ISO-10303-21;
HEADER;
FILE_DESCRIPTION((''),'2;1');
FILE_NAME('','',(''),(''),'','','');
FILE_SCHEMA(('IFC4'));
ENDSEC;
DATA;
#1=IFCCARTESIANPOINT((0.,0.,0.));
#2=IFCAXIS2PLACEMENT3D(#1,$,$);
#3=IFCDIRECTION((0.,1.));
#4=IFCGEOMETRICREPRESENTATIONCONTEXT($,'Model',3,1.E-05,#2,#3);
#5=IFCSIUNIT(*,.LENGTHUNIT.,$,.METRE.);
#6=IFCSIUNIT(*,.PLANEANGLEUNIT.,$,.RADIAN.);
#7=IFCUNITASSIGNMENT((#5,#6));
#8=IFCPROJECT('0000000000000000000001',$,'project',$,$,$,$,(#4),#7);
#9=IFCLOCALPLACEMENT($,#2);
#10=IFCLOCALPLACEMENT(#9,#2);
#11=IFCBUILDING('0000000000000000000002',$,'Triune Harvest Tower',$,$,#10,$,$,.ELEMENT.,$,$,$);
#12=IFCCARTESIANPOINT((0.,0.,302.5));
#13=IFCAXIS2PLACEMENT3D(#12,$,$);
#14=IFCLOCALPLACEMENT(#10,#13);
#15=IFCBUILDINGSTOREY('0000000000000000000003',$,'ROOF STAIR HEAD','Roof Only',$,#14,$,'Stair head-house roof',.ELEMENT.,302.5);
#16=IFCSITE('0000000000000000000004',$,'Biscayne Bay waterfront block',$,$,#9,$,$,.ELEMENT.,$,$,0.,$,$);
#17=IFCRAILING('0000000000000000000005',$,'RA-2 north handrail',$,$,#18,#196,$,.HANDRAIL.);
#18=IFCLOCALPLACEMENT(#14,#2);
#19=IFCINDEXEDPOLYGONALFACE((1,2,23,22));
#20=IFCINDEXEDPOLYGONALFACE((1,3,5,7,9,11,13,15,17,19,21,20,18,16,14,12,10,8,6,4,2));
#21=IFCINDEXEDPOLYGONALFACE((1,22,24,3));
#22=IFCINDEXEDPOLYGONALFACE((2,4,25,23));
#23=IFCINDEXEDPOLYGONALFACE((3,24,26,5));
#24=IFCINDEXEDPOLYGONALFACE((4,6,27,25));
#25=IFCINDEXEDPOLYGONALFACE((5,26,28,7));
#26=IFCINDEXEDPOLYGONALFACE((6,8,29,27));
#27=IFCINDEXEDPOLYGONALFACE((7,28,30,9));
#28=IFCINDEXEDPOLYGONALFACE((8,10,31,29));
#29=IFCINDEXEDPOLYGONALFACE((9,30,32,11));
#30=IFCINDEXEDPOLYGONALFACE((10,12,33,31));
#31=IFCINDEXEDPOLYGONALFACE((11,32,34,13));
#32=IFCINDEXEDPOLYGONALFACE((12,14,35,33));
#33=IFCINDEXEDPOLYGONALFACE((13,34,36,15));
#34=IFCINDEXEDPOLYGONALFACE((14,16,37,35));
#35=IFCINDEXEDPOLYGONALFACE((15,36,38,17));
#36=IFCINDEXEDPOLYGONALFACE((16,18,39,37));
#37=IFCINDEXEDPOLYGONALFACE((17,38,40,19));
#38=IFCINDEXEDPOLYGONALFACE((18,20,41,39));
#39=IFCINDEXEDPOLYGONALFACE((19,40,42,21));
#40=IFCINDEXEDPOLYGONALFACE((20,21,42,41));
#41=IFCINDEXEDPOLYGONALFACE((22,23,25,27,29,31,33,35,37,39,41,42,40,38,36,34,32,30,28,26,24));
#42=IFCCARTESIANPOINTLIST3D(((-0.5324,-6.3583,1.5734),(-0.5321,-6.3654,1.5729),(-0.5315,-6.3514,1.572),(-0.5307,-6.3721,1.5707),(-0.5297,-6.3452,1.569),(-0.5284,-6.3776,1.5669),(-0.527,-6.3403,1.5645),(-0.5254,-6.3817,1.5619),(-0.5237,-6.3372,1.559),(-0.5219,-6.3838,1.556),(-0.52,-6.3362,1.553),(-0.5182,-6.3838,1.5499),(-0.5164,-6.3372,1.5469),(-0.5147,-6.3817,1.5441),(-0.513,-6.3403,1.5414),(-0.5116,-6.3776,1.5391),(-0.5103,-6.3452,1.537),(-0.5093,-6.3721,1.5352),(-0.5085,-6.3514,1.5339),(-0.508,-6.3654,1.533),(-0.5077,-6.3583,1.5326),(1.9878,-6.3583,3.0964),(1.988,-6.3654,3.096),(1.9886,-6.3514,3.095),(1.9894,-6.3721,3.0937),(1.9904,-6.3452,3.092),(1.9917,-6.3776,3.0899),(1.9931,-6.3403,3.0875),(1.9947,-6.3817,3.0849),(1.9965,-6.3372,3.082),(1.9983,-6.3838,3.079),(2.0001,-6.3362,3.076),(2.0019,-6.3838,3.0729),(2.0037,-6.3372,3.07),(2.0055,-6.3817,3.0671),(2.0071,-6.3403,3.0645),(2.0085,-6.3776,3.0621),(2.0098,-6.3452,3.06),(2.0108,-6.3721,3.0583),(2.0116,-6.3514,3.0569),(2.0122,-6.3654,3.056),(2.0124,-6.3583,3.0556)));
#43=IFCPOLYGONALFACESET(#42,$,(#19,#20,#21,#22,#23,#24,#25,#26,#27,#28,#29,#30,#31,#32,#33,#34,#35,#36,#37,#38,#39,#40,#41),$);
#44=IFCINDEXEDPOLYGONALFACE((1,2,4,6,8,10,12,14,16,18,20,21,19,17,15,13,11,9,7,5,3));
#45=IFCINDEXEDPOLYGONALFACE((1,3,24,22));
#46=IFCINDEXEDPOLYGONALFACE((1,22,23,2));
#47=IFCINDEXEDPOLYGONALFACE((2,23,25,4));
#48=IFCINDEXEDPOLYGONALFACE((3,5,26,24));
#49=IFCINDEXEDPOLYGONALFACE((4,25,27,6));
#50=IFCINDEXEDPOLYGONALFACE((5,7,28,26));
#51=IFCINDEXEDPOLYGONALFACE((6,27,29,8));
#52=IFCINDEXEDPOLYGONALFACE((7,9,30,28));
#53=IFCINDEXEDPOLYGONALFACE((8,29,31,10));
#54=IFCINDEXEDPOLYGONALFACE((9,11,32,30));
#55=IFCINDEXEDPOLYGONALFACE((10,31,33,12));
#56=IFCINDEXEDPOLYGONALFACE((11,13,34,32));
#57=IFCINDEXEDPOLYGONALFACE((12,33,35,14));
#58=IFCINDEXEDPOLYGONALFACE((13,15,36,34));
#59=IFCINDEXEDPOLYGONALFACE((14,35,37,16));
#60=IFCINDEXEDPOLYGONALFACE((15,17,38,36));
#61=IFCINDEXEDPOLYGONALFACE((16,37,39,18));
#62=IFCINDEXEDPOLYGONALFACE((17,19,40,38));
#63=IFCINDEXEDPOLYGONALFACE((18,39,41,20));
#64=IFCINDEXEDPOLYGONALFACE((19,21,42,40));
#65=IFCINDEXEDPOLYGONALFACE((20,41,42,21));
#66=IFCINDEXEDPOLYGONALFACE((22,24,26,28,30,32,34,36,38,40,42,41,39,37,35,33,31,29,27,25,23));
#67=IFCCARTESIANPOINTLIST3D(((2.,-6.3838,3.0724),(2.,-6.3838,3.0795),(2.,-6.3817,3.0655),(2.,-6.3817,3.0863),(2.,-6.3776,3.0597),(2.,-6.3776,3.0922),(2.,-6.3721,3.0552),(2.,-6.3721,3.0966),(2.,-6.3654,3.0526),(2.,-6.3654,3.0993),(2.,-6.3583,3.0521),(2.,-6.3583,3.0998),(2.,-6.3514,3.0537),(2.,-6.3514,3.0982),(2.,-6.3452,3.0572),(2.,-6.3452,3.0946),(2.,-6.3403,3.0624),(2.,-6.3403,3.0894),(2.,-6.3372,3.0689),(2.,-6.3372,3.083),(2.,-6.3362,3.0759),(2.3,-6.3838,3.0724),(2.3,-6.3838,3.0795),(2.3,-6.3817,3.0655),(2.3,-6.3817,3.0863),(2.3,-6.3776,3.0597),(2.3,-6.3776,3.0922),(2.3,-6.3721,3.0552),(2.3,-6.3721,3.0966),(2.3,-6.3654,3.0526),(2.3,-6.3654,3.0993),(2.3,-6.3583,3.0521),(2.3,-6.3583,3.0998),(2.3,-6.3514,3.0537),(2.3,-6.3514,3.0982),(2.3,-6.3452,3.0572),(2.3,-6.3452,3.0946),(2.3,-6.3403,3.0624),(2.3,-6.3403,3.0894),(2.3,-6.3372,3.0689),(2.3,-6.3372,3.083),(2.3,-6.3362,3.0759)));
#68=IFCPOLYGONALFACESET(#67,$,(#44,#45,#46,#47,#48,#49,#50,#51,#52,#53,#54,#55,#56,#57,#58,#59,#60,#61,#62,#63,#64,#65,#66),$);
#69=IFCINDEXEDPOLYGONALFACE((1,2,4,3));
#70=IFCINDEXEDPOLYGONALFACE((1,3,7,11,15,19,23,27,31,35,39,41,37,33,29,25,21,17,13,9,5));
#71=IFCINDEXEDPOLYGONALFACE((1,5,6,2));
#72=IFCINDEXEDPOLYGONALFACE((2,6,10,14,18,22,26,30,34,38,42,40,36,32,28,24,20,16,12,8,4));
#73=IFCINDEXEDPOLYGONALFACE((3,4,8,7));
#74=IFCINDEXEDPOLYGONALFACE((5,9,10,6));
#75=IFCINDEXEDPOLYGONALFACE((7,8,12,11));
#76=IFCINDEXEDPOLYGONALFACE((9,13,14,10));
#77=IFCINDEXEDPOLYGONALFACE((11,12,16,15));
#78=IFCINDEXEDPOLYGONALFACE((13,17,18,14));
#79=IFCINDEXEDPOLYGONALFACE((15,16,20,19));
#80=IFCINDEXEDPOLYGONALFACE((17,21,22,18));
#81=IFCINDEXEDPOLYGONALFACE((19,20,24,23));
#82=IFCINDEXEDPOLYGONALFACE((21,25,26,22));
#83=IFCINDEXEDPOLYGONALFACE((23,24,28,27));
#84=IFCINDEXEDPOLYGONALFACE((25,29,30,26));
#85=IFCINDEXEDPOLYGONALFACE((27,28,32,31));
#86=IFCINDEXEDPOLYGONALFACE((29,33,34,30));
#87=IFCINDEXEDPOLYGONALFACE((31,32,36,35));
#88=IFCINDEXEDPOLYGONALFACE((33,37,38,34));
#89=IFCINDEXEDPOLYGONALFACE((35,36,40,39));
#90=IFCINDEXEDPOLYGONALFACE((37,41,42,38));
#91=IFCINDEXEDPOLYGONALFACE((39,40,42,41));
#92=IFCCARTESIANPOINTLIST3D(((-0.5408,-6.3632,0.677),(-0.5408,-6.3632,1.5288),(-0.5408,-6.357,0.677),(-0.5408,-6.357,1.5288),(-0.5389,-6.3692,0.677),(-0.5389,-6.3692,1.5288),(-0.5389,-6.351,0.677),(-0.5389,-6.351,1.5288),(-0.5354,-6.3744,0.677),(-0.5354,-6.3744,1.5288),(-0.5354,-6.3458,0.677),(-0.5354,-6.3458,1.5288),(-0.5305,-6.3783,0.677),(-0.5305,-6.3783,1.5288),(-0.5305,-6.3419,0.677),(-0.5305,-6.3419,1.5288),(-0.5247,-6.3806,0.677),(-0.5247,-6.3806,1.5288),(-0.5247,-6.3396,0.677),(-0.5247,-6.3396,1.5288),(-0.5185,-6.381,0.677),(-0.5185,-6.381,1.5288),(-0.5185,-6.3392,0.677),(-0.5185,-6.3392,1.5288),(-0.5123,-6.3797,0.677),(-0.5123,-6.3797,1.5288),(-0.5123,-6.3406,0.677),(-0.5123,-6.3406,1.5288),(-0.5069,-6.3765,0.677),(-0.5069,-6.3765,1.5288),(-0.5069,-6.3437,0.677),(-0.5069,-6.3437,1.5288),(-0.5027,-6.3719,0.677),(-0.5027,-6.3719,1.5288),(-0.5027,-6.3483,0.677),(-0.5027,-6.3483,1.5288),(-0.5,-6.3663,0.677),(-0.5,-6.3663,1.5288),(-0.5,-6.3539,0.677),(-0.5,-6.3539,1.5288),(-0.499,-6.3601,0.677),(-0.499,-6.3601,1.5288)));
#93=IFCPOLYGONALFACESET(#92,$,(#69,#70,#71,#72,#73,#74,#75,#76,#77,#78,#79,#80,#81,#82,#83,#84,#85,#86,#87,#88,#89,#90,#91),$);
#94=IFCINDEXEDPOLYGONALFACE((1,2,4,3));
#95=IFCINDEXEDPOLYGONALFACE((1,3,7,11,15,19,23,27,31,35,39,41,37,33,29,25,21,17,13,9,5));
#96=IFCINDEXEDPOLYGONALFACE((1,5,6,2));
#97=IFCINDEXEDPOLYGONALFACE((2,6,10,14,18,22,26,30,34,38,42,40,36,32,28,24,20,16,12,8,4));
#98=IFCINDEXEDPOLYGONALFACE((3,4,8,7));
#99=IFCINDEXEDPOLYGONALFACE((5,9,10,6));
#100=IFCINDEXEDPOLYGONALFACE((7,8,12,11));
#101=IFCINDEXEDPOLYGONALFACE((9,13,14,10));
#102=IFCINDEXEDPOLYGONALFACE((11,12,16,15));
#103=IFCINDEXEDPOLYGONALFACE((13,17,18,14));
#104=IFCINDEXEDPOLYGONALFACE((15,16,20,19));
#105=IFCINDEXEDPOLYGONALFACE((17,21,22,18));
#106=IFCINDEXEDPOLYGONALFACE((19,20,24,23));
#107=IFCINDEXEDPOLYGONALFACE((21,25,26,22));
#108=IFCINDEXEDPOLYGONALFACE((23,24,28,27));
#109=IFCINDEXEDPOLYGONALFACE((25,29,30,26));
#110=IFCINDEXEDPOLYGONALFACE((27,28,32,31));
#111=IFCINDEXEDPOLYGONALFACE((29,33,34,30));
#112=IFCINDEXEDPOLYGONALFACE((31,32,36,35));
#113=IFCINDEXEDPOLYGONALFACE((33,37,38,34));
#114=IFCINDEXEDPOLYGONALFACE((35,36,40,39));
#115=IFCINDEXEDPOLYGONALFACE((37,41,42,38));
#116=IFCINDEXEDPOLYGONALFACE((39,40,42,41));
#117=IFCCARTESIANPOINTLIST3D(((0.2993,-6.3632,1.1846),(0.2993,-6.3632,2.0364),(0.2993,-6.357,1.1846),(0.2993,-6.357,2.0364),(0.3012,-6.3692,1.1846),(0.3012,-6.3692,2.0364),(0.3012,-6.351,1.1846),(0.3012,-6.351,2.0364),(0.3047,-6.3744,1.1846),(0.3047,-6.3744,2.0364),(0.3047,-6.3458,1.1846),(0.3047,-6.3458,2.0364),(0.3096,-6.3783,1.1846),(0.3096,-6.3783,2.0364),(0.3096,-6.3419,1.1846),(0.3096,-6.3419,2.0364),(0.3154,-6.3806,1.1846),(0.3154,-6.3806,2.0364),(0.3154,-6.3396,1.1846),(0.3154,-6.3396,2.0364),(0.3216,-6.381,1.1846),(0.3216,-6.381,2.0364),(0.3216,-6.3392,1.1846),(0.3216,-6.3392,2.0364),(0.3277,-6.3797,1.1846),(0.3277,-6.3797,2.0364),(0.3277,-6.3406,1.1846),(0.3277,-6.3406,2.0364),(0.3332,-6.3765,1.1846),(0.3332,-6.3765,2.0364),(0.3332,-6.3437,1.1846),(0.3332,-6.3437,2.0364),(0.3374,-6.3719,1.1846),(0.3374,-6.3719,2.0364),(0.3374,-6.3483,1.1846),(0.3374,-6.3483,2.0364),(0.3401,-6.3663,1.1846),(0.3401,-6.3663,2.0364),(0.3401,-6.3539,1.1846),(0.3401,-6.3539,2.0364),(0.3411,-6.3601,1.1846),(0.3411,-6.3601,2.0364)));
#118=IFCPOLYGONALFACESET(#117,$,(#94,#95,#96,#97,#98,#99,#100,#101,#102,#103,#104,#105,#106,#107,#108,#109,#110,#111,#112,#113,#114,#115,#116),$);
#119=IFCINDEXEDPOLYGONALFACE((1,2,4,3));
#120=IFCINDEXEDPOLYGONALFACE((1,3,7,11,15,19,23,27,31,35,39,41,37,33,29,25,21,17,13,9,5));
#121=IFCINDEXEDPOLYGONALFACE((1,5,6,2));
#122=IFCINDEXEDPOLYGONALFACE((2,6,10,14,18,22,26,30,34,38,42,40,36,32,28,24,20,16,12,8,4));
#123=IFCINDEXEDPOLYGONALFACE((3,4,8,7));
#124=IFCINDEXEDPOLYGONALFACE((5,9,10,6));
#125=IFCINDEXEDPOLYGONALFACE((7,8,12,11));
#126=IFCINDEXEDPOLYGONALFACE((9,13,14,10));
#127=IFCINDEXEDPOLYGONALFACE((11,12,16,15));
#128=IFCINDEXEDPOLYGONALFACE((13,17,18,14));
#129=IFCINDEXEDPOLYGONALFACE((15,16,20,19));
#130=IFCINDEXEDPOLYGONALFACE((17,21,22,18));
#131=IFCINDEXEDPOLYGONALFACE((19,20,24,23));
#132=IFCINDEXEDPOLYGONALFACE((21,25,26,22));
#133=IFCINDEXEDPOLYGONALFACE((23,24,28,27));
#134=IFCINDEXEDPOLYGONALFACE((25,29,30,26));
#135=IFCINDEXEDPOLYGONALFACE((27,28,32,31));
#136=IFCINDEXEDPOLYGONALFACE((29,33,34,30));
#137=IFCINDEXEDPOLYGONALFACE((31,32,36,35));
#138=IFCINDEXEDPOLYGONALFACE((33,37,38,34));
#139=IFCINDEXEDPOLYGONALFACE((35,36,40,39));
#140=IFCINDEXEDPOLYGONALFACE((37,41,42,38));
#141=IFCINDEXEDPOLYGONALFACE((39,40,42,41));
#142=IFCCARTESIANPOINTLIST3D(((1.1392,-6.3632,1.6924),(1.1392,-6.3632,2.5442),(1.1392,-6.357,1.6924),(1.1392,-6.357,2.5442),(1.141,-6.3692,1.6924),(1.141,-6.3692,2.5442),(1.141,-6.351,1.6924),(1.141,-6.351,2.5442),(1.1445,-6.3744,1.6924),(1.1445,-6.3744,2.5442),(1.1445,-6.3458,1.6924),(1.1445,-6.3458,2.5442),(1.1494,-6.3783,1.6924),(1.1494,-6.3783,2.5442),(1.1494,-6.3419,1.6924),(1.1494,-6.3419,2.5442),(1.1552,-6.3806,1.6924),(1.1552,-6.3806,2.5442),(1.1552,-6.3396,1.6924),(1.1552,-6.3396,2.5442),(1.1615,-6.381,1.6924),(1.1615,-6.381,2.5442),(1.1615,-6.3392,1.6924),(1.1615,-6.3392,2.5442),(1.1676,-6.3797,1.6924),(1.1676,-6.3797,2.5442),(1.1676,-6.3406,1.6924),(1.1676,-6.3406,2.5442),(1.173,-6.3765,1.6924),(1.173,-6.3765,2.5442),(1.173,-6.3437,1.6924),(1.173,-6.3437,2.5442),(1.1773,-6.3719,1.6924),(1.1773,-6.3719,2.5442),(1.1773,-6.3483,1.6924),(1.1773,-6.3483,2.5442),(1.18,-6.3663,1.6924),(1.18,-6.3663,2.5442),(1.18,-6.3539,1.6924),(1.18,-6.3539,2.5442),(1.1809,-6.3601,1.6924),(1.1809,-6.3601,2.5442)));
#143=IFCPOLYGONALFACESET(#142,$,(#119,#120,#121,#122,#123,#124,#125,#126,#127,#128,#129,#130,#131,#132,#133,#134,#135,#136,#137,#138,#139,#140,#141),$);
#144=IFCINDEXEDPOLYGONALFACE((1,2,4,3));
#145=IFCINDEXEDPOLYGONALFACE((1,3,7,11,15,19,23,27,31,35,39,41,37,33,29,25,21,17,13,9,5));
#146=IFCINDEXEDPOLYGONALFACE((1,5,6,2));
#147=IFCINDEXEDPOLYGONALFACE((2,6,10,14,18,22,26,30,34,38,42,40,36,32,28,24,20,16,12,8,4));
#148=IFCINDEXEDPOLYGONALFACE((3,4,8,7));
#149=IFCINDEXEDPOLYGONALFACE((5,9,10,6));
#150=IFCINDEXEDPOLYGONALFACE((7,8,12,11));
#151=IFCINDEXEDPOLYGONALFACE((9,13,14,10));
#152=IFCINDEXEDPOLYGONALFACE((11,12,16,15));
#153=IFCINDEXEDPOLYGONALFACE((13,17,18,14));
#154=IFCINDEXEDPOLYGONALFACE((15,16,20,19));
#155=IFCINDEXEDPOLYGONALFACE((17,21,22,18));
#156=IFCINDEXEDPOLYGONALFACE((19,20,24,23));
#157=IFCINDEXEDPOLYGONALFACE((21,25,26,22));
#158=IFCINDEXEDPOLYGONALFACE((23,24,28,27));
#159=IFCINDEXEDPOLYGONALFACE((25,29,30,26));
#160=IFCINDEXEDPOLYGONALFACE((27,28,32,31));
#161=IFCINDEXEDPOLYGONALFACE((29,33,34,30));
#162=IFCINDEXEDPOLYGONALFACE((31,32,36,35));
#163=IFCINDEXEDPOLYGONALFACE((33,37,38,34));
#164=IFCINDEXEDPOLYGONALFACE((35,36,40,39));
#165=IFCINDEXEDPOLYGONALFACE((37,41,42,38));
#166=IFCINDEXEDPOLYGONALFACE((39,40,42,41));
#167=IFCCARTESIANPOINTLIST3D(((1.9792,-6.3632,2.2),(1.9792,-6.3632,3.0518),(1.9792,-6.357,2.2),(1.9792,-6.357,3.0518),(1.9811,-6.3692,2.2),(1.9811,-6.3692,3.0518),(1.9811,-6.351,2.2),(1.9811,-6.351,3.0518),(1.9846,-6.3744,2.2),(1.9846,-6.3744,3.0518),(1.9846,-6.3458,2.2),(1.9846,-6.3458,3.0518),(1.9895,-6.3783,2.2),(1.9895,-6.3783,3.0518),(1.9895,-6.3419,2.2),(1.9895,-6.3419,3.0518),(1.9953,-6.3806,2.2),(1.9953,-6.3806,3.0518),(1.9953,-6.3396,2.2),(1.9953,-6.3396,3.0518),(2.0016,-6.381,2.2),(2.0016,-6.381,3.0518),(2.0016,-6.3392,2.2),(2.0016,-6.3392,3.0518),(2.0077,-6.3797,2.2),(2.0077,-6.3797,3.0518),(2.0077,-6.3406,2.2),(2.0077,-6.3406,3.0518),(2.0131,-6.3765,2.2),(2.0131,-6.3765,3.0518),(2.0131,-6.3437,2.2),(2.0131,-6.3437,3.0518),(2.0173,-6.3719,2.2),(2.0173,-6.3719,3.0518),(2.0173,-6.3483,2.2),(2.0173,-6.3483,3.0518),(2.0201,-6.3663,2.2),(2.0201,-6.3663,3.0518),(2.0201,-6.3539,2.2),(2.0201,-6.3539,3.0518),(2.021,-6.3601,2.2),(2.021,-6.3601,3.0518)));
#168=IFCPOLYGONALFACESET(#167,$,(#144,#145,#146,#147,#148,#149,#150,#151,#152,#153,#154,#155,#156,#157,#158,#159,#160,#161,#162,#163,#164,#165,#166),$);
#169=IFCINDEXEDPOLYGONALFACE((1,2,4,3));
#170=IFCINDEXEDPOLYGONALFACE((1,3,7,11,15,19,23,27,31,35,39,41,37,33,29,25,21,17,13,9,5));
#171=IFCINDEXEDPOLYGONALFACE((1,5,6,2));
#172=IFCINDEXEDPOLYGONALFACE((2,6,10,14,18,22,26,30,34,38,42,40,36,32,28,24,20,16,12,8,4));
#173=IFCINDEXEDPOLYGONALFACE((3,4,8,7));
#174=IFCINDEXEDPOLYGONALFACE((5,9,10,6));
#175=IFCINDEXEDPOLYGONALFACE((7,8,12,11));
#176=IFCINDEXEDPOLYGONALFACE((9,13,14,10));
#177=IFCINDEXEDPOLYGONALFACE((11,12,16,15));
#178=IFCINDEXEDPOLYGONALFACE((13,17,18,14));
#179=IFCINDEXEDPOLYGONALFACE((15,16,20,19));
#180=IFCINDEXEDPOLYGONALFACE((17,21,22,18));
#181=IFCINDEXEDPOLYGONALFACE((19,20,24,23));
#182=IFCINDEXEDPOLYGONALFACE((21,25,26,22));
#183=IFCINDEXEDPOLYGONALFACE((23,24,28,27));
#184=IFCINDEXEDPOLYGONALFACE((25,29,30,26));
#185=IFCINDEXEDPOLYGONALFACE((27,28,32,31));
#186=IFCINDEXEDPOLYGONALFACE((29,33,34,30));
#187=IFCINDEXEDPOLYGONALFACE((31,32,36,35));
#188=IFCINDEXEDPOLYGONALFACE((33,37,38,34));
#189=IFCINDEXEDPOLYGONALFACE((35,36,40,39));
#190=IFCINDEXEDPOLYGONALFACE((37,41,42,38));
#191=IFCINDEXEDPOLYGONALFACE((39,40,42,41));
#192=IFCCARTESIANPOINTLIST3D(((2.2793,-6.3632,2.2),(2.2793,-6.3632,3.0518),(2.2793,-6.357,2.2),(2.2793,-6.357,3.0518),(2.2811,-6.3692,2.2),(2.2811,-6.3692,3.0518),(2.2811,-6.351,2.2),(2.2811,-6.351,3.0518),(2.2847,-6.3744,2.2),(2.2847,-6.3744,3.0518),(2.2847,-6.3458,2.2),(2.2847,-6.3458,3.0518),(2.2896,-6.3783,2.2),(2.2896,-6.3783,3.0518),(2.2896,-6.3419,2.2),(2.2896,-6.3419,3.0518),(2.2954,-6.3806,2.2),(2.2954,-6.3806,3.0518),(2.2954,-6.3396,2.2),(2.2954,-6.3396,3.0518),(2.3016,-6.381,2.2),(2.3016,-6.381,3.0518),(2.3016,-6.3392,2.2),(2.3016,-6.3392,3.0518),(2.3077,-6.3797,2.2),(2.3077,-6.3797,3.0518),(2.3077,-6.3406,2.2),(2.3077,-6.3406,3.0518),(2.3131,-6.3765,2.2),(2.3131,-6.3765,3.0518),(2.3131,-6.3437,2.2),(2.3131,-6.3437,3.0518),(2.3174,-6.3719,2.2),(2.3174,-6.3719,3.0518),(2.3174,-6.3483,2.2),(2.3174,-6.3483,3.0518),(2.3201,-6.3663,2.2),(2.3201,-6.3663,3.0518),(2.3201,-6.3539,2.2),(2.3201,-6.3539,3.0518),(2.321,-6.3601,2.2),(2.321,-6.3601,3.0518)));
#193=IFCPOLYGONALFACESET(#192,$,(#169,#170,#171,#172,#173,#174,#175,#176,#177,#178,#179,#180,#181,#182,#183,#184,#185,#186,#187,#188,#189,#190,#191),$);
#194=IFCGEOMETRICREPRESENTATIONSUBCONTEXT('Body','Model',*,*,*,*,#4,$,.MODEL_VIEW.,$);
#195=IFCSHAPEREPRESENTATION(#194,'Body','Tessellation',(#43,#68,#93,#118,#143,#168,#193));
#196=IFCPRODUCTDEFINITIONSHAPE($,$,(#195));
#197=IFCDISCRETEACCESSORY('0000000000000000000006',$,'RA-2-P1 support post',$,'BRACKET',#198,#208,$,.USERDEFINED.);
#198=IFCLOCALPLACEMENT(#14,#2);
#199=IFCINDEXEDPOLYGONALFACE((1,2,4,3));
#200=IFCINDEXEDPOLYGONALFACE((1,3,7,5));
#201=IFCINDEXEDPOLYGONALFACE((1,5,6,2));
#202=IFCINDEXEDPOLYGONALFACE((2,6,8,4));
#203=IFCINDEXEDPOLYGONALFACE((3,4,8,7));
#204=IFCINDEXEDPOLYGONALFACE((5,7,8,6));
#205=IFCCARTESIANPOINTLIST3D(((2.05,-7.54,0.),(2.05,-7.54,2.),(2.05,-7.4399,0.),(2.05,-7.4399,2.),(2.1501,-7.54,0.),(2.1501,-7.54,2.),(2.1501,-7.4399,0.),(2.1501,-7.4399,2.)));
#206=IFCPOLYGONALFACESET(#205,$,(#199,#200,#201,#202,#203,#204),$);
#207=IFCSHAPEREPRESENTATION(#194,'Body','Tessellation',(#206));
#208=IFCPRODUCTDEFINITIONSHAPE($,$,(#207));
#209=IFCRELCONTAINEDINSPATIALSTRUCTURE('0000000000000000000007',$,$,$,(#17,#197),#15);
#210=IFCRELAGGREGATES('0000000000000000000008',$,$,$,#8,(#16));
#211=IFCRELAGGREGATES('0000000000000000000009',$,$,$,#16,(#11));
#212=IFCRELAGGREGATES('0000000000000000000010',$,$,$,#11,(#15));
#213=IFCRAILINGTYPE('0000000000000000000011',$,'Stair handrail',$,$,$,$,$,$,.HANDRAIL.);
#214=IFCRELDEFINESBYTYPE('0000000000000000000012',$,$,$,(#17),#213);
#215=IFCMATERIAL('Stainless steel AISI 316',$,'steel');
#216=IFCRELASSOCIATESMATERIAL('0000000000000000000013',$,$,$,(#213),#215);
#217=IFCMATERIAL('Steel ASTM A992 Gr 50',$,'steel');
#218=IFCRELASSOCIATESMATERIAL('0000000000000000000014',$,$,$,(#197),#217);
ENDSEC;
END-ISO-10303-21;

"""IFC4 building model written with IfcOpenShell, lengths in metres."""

from ifc_helpers import new_model, si_unit, direction, frame, origin, origin_2d, place, context, subcontext, project, spatial, rectangle, circle, extrude, source, transform, mapped, material, type_object, element, save


model = new_model("IFC4")

# Units and contexts
model_context = context("Model", 3, precision=1e-05, world=origin(), true_north=direction((0.0, 1.0)))
body_context = subcontext(model_context, "Body", "Model", "MODEL_VIEW")
ifc_project = project(units=[si_unit("LENGTHUNIT", "METRE"), si_unit("PLANEANGLEUNIT", "RADIAN")], contexts=[model_context])

# Site, building, storey
site_placement = place(None, origin())
site = spatial("IfcSite", under=ifc_project, at=site_placement, Name="Biscayne Bay waterfront block", CompositionType="ELEMENT", RefElevation=0.0)
building_placement = place(site_placement, origin())
building = spatial("IfcBuilding", under=site, at=building_placement, Name="Triune Harvest Tower", CompositionType="ELEMENT")
storey_placement = place(building_placement, frame((0.0, 0.0, 302.5)))
storey = spatial("IfcBuildingStorey", under=building, at=storey_placement, Name="ROOF STAIR HEAD", Description="Roof Only", LongName="Stair head-house roof", CompositionType="ELEMENT", Elevation=302.5)

# Railing
ifc_material_1 = material(Name="Stainless steel AISI 316", Category="steel")
railing_type_1 = type_object("IfcRailingType", Name="Stair handrail", PredefinedType="HANDRAIL", material=ifc_material_1)
shared_shape_1 = source(origin(), body_context, "Body", "SweptSolid", [
    extrude(circle(Radius=0.0239, at=origin_2d()), frame((0.0, 0.0, 0.876), z_axis=(0.85585, 0.0, 0.517224), x_axis=(0.0, 1.0, 0.0)), (0.0, 0.0, 1.0), 2.9446),
    extrude(circle(Radius=0.0239, at=origin_2d()), frame((2.52, 0.0, 2.3989), z_axis=(1.0, 0.0, 0.0), x_axis=(0.0, 1.0, 0.0)), (0.0, 0.0, 1.0), 0.3),
    extrude(circle(Radius=0.021, at=origin_2d()), origin(), (0.0, 0.0, 1.0), 0.8518),
    extrude(circle(Radius=0.021, at=origin_2d()), frame((0.8401, 0.0, 0.5076)), (0.0, 0.0, 1.0), 0.8518),
    extrude(circle(Radius=0.021, at=origin_2d()), frame((1.6799, 0.0, 1.0154)), (0.0, 0.0, 1.0), 0.8518),
    extrude(circle(Radius=0.021, at=origin_2d()), frame((2.52, 0.0, 1.5229)), (0.0, 0.0, 1.0), 0.8518),
    extrude(circle(Radius=0.021, at=origin_2d()), frame((2.8201, 0.0, 1.5229)), (0.0, 0.0, 1.0), 0.8518),
])
for number, where, name in (
    (1, (-0.52, -6.3601, 0.677), "RA-2 north handrail"),
):
    element("IfcRailing", number, at=place(storey_placement, frame(where)), inside=storey, type_object=railing_type_1, Name=name, PredefinedType="HANDRAIL", context=body_context, shape_type="MappedRepresentation", body=[
        mapped(shared_shape_1, transform((0.0, 0.0, 0.0), scale=1.0)),
    ])

# Discrete accessory
ifc_material_2 = material(Name="Steel ASTM A992 Gr 50", Category="steel")
shared_shape_2 = source(origin(), body_context, "Body", "SweptSolid", [
    extrude(rectangle(XDim=0.1001, YDim=0.1001, at=origin_2d()), origin(), (0.0, 0.0, 1.0), 2.0),
])
for number, where, z_axis, x_axis, name in (
    (2, (2.1001, -7.49, 0.0), (0.0, 0.0, 1.0), (1.0, 0.0, 0.0), "RA-2-P1 support post"),
):
    element("IfcDiscreteAccessory", number, at=place(storey_placement, frame(where, z_axis=z_axis, x_axis=x_axis)), inside=storey, material=ifc_material_2, Name=name, ObjectType="BRACKET", PredefinedType="USERDEFINED", context=body_context, shape_type="MappedRepresentation", body=[
        mapped(shared_shape_2, transform((0.0, 0.0, 0.0), scale=1.0)),
    ])

save(model, "model.ifc")
